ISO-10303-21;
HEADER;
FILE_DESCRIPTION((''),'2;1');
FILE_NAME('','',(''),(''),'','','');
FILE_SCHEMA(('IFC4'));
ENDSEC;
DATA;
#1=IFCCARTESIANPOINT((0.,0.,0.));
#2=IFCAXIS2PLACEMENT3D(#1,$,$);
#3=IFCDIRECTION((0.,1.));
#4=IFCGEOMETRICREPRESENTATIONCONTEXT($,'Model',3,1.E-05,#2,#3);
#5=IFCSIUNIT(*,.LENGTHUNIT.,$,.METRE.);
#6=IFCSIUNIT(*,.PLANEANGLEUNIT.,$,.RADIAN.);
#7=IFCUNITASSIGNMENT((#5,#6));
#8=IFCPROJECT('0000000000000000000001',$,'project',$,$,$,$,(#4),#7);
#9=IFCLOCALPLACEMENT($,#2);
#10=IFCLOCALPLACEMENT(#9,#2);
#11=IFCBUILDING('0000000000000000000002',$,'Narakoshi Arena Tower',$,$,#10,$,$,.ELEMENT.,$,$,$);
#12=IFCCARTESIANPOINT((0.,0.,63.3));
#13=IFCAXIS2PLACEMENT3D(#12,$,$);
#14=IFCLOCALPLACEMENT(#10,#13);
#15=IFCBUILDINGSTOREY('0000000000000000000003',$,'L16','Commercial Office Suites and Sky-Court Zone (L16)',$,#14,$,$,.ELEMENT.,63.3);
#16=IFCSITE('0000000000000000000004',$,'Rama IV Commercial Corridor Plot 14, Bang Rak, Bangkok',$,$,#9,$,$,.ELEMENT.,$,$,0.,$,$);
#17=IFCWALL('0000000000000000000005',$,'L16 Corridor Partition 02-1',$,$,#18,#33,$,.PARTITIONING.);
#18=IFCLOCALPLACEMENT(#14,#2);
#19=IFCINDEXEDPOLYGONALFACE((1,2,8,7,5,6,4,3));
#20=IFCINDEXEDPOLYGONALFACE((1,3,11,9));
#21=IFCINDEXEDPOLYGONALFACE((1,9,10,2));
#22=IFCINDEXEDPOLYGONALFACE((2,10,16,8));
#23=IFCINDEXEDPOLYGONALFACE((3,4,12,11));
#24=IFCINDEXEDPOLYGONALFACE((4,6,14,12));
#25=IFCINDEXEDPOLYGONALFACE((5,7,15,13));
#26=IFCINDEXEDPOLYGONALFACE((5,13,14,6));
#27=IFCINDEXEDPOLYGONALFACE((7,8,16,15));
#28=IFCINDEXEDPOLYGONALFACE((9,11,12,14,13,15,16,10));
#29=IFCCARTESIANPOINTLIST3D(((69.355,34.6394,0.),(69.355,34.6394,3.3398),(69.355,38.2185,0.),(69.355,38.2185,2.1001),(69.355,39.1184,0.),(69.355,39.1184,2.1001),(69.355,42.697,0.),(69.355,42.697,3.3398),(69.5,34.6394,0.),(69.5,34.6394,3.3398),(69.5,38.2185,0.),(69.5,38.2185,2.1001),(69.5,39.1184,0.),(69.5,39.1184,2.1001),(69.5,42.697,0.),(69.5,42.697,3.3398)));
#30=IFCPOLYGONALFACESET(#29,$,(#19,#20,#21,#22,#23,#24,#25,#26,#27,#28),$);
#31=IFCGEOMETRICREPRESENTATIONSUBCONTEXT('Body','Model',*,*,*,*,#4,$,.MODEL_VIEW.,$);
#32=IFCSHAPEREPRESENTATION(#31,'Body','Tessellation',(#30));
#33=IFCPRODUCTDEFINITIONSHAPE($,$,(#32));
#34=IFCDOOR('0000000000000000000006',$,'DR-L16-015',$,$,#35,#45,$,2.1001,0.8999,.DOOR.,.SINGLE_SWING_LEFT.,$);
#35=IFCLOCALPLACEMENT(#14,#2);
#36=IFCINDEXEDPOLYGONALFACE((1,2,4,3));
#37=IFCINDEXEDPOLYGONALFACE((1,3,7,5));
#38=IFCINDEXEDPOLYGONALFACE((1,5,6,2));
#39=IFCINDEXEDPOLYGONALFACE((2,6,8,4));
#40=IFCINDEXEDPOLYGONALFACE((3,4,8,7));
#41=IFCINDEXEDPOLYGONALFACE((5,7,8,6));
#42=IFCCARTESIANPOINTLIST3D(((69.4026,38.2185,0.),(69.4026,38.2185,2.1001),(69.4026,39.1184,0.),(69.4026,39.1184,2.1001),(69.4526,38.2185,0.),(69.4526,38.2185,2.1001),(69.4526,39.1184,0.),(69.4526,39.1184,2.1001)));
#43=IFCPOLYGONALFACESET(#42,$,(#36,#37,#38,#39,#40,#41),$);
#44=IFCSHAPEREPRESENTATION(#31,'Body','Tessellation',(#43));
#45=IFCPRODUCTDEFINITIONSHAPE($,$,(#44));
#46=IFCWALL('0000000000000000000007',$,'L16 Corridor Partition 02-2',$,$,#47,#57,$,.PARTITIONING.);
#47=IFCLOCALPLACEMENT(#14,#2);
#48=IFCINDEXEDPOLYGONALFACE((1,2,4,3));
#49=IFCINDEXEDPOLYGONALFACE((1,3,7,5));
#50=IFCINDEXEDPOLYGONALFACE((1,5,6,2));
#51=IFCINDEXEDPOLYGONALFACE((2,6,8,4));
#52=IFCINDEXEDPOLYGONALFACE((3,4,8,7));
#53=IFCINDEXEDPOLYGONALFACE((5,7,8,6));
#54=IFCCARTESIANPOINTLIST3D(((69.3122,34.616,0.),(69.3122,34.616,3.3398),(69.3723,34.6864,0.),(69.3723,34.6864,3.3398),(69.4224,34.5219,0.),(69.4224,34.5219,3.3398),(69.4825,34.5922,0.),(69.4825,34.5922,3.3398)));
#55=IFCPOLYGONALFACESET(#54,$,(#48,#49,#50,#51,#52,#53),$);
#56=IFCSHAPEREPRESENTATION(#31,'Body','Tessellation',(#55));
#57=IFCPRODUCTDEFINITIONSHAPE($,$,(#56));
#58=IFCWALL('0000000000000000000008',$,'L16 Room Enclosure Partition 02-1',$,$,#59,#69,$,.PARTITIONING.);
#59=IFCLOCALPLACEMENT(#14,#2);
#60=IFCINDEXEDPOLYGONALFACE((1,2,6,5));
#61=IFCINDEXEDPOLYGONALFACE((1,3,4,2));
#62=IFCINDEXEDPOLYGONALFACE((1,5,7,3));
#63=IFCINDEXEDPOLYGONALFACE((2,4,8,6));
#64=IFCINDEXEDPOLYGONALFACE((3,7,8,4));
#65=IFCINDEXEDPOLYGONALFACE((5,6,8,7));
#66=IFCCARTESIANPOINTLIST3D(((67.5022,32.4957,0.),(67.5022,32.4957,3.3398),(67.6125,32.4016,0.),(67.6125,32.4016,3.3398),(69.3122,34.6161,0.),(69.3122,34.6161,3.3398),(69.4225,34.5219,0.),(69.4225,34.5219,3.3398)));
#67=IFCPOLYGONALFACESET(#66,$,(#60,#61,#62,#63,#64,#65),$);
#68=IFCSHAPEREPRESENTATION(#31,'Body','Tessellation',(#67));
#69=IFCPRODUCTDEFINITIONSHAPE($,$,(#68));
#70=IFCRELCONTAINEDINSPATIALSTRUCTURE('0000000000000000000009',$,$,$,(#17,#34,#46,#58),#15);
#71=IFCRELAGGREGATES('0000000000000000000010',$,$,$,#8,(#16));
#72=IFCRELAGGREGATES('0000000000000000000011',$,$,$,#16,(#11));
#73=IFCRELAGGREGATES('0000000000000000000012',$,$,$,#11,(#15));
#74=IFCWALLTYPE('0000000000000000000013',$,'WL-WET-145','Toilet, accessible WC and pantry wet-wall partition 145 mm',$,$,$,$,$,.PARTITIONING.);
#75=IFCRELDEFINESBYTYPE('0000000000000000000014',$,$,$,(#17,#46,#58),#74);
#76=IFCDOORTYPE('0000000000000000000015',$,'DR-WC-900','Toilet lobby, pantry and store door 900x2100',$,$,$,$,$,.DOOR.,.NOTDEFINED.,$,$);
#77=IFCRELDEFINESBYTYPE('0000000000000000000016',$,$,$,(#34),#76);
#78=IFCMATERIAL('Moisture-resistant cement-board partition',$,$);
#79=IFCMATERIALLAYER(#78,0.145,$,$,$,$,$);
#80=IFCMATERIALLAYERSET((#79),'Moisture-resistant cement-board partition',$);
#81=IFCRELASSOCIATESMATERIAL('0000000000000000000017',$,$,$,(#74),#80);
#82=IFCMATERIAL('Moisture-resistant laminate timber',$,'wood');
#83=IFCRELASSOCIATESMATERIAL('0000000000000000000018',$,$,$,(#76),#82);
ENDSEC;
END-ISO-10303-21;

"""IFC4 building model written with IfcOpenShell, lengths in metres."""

from ifc_helpers import new_model, si_unit, direction, frame, frame_2d, origin, place, context, subcontext, project, spatial, rectangle, extrude, material, layer, layer_set, type_object, element, fill, save


model = new_model("IFC4")

# Units and contexts
model_context = context("Model", 3, precision=1e-05, world=origin(), true_north=direction((0.0, 1.0)))
body_context = subcontext(model_context, "Body", "Model", "MODEL_VIEW")
ifc_project = project(units=[si_unit("LENGTHUNIT", "METRE"), si_unit("PLANEANGLEUNIT", "RADIAN")], contexts=[model_context])

# Site, building, storey
site_placement = place(None, origin())
site = spatial("IfcSite", under=ifc_project, at=site_placement, Name="Rama IV Commercial Corridor Plot 14, Bang Rak, Bangkok", CompositionType="ELEMENT", RefElevation=0.0)
building_placement = place(site_placement, origin())
building = spatial("IfcBuilding", under=site, at=building_placement, Name="Narakoshi Arena Tower", CompositionType="ELEMENT")
storey_placement = place(building_placement, frame((0.0, 0.0, 63.3)))
storey = spatial("IfcBuildingStorey", under=building, at=storey_placement, Name="L16", Description="Commercial Office Suites and Sky-Court Zone (L16)", CompositionType="ELEMENT", Elevation=63.3)

# Shared definitions
ifc_material_1 = material(Name="Moisture-resistant cement-board partition")
ifc_layer_1 = layer(ifc_material_1, 0.145)
ifc_layer_set_1 = layer_set([ifc_layer_1], Name="Moisture-resistant cement-board partition")
wall_type_1 = type_object("IfcWallType", Name="WL-WET-145", Description="Toilet, accessible WC and pantry wet-wall partition 145 mm", PredefinedType="PARTITIONING", material=ifc_layer_set_1)
ifc_material_2 = material(Name="Moisture-resistant laminate timber", Category="wood")
door_type_1 = type_object("IfcDoorType", Name="DR-WC-900", Description="Toilet lobby, pantry and store door 900x2100", OperationType="NOTDEFINED", PredefinedType="DOOR", material=ifc_material_2)

# Wall, opening, door
wall_1_placement = place(storey_placement, frame((69.4275, 42.697, 0.0), z_axis=(0.0, 0.0, 1.0), x_axis=(0.0, -1.0, 0.0)))
wall_1 = element("IfcWall", 1, at=wall_1_placement, inside=storey, type_object=wall_type_1, Name="L16 Corridor Partition 02-1", PredefinedType="PARTITIONING", context=body_context, shape_type="SweptSolid", body=[
    extrude(rectangle(XDim=8.0576, YDim=0.145, at=frame_2d((4.0288, 0.0))), origin(), (0.0, 0.0, 1.0), 3.3398),
])
opening_1_placement = place(wall_1_placement, frame((3.5786, 0.0, 0.0)))
opening_1 = element("IfcOpeningElement", 2, at=opening_1_placement, cuts=wall_1, PredefinedType="OPENING", context=body_context, shape_type="SweptSolid", body=[
    extrude(rectangle(XDim=0.8999, YDim=2.1001, at=frame_2d((0.45, 1.05))), frame((0.0, 0.0825, 0.0), z_axis=(0.0, -1.0, 0.0), x_axis=(1.0, 0.0, 0.0)), (0.0, 0.0, 1.0), 0.165),
])
door_1_placement = place(opening_1_placement, frame((0.8999, 0.0, 0.0), z_axis=(0.0, 0.0, 1.0), x_axis=(-1.0, 0.0, 0.0)))
door_1 = element("IfcDoor", 3, at=door_1_placement, inside=storey, type_object=door_type_1, Name="DR-L16-015", OperationType="SINGLE_SWING_LEFT", OverallHeight=2.1001, OverallWidth=0.8999, PredefinedType="DOOR", context=body_context, shape_type="SweptSolid", body=[
    extrude(rectangle(XDim=0.8999, YDim=2.1001, at=frame_2d((0.45, 1.05))), frame((0.0, 0.0249, 0.0), z_axis=(0.0, -1.0, 0.0), x_axis=(1.0, 0.0, 0.0)), (0.0, 0.0, 1.0), 0.05),
])
fill(opening_1, door_1)

# Walls
wall_2_placement = place(storey_placement, frame((69.4275, 34.6394, 0.0), z_axis=(0.0, 0.0, 1.0), x_axis=(-0.649486, -0.760374, 0.0)))
element("IfcWall", 4, at=wall_2_placement, inside=storey, type_object=wall_type_1, Name="L16 Corridor Partition 02-2", PredefinedType="PARTITIONING", context=body_context, shape_type="SweptSolid", body=[
    extrude(rectangle(XDim=0.0925, YDim=0.145, at=frame_2d((0.0464, 0.0))), origin(), (0.0, 0.0, 1.0), 3.3398),
])
wall_3_placement = place(storey_placement, frame((69.3674, 34.5691, 0.0), z_axis=(0.0, 0.0, 1.0), x_axis=(-0.649261, -0.760566, 0.0)))
element("IfcWall", 5, at=wall_3_placement, inside=storey, type_object=wall_type_1, Name="L16 Room Enclosure Partition 02-1", PredefinedType="PARTITIONING", context=body_context, shape_type="SweptSolid", body=[
    extrude(rectangle(XDim=2.7878, YDim=0.145, at=frame_2d((1.394, 0.0))), origin(), (0.0, 0.0, 1.0), 3.3398),
])

save(model, "model.ifc")
